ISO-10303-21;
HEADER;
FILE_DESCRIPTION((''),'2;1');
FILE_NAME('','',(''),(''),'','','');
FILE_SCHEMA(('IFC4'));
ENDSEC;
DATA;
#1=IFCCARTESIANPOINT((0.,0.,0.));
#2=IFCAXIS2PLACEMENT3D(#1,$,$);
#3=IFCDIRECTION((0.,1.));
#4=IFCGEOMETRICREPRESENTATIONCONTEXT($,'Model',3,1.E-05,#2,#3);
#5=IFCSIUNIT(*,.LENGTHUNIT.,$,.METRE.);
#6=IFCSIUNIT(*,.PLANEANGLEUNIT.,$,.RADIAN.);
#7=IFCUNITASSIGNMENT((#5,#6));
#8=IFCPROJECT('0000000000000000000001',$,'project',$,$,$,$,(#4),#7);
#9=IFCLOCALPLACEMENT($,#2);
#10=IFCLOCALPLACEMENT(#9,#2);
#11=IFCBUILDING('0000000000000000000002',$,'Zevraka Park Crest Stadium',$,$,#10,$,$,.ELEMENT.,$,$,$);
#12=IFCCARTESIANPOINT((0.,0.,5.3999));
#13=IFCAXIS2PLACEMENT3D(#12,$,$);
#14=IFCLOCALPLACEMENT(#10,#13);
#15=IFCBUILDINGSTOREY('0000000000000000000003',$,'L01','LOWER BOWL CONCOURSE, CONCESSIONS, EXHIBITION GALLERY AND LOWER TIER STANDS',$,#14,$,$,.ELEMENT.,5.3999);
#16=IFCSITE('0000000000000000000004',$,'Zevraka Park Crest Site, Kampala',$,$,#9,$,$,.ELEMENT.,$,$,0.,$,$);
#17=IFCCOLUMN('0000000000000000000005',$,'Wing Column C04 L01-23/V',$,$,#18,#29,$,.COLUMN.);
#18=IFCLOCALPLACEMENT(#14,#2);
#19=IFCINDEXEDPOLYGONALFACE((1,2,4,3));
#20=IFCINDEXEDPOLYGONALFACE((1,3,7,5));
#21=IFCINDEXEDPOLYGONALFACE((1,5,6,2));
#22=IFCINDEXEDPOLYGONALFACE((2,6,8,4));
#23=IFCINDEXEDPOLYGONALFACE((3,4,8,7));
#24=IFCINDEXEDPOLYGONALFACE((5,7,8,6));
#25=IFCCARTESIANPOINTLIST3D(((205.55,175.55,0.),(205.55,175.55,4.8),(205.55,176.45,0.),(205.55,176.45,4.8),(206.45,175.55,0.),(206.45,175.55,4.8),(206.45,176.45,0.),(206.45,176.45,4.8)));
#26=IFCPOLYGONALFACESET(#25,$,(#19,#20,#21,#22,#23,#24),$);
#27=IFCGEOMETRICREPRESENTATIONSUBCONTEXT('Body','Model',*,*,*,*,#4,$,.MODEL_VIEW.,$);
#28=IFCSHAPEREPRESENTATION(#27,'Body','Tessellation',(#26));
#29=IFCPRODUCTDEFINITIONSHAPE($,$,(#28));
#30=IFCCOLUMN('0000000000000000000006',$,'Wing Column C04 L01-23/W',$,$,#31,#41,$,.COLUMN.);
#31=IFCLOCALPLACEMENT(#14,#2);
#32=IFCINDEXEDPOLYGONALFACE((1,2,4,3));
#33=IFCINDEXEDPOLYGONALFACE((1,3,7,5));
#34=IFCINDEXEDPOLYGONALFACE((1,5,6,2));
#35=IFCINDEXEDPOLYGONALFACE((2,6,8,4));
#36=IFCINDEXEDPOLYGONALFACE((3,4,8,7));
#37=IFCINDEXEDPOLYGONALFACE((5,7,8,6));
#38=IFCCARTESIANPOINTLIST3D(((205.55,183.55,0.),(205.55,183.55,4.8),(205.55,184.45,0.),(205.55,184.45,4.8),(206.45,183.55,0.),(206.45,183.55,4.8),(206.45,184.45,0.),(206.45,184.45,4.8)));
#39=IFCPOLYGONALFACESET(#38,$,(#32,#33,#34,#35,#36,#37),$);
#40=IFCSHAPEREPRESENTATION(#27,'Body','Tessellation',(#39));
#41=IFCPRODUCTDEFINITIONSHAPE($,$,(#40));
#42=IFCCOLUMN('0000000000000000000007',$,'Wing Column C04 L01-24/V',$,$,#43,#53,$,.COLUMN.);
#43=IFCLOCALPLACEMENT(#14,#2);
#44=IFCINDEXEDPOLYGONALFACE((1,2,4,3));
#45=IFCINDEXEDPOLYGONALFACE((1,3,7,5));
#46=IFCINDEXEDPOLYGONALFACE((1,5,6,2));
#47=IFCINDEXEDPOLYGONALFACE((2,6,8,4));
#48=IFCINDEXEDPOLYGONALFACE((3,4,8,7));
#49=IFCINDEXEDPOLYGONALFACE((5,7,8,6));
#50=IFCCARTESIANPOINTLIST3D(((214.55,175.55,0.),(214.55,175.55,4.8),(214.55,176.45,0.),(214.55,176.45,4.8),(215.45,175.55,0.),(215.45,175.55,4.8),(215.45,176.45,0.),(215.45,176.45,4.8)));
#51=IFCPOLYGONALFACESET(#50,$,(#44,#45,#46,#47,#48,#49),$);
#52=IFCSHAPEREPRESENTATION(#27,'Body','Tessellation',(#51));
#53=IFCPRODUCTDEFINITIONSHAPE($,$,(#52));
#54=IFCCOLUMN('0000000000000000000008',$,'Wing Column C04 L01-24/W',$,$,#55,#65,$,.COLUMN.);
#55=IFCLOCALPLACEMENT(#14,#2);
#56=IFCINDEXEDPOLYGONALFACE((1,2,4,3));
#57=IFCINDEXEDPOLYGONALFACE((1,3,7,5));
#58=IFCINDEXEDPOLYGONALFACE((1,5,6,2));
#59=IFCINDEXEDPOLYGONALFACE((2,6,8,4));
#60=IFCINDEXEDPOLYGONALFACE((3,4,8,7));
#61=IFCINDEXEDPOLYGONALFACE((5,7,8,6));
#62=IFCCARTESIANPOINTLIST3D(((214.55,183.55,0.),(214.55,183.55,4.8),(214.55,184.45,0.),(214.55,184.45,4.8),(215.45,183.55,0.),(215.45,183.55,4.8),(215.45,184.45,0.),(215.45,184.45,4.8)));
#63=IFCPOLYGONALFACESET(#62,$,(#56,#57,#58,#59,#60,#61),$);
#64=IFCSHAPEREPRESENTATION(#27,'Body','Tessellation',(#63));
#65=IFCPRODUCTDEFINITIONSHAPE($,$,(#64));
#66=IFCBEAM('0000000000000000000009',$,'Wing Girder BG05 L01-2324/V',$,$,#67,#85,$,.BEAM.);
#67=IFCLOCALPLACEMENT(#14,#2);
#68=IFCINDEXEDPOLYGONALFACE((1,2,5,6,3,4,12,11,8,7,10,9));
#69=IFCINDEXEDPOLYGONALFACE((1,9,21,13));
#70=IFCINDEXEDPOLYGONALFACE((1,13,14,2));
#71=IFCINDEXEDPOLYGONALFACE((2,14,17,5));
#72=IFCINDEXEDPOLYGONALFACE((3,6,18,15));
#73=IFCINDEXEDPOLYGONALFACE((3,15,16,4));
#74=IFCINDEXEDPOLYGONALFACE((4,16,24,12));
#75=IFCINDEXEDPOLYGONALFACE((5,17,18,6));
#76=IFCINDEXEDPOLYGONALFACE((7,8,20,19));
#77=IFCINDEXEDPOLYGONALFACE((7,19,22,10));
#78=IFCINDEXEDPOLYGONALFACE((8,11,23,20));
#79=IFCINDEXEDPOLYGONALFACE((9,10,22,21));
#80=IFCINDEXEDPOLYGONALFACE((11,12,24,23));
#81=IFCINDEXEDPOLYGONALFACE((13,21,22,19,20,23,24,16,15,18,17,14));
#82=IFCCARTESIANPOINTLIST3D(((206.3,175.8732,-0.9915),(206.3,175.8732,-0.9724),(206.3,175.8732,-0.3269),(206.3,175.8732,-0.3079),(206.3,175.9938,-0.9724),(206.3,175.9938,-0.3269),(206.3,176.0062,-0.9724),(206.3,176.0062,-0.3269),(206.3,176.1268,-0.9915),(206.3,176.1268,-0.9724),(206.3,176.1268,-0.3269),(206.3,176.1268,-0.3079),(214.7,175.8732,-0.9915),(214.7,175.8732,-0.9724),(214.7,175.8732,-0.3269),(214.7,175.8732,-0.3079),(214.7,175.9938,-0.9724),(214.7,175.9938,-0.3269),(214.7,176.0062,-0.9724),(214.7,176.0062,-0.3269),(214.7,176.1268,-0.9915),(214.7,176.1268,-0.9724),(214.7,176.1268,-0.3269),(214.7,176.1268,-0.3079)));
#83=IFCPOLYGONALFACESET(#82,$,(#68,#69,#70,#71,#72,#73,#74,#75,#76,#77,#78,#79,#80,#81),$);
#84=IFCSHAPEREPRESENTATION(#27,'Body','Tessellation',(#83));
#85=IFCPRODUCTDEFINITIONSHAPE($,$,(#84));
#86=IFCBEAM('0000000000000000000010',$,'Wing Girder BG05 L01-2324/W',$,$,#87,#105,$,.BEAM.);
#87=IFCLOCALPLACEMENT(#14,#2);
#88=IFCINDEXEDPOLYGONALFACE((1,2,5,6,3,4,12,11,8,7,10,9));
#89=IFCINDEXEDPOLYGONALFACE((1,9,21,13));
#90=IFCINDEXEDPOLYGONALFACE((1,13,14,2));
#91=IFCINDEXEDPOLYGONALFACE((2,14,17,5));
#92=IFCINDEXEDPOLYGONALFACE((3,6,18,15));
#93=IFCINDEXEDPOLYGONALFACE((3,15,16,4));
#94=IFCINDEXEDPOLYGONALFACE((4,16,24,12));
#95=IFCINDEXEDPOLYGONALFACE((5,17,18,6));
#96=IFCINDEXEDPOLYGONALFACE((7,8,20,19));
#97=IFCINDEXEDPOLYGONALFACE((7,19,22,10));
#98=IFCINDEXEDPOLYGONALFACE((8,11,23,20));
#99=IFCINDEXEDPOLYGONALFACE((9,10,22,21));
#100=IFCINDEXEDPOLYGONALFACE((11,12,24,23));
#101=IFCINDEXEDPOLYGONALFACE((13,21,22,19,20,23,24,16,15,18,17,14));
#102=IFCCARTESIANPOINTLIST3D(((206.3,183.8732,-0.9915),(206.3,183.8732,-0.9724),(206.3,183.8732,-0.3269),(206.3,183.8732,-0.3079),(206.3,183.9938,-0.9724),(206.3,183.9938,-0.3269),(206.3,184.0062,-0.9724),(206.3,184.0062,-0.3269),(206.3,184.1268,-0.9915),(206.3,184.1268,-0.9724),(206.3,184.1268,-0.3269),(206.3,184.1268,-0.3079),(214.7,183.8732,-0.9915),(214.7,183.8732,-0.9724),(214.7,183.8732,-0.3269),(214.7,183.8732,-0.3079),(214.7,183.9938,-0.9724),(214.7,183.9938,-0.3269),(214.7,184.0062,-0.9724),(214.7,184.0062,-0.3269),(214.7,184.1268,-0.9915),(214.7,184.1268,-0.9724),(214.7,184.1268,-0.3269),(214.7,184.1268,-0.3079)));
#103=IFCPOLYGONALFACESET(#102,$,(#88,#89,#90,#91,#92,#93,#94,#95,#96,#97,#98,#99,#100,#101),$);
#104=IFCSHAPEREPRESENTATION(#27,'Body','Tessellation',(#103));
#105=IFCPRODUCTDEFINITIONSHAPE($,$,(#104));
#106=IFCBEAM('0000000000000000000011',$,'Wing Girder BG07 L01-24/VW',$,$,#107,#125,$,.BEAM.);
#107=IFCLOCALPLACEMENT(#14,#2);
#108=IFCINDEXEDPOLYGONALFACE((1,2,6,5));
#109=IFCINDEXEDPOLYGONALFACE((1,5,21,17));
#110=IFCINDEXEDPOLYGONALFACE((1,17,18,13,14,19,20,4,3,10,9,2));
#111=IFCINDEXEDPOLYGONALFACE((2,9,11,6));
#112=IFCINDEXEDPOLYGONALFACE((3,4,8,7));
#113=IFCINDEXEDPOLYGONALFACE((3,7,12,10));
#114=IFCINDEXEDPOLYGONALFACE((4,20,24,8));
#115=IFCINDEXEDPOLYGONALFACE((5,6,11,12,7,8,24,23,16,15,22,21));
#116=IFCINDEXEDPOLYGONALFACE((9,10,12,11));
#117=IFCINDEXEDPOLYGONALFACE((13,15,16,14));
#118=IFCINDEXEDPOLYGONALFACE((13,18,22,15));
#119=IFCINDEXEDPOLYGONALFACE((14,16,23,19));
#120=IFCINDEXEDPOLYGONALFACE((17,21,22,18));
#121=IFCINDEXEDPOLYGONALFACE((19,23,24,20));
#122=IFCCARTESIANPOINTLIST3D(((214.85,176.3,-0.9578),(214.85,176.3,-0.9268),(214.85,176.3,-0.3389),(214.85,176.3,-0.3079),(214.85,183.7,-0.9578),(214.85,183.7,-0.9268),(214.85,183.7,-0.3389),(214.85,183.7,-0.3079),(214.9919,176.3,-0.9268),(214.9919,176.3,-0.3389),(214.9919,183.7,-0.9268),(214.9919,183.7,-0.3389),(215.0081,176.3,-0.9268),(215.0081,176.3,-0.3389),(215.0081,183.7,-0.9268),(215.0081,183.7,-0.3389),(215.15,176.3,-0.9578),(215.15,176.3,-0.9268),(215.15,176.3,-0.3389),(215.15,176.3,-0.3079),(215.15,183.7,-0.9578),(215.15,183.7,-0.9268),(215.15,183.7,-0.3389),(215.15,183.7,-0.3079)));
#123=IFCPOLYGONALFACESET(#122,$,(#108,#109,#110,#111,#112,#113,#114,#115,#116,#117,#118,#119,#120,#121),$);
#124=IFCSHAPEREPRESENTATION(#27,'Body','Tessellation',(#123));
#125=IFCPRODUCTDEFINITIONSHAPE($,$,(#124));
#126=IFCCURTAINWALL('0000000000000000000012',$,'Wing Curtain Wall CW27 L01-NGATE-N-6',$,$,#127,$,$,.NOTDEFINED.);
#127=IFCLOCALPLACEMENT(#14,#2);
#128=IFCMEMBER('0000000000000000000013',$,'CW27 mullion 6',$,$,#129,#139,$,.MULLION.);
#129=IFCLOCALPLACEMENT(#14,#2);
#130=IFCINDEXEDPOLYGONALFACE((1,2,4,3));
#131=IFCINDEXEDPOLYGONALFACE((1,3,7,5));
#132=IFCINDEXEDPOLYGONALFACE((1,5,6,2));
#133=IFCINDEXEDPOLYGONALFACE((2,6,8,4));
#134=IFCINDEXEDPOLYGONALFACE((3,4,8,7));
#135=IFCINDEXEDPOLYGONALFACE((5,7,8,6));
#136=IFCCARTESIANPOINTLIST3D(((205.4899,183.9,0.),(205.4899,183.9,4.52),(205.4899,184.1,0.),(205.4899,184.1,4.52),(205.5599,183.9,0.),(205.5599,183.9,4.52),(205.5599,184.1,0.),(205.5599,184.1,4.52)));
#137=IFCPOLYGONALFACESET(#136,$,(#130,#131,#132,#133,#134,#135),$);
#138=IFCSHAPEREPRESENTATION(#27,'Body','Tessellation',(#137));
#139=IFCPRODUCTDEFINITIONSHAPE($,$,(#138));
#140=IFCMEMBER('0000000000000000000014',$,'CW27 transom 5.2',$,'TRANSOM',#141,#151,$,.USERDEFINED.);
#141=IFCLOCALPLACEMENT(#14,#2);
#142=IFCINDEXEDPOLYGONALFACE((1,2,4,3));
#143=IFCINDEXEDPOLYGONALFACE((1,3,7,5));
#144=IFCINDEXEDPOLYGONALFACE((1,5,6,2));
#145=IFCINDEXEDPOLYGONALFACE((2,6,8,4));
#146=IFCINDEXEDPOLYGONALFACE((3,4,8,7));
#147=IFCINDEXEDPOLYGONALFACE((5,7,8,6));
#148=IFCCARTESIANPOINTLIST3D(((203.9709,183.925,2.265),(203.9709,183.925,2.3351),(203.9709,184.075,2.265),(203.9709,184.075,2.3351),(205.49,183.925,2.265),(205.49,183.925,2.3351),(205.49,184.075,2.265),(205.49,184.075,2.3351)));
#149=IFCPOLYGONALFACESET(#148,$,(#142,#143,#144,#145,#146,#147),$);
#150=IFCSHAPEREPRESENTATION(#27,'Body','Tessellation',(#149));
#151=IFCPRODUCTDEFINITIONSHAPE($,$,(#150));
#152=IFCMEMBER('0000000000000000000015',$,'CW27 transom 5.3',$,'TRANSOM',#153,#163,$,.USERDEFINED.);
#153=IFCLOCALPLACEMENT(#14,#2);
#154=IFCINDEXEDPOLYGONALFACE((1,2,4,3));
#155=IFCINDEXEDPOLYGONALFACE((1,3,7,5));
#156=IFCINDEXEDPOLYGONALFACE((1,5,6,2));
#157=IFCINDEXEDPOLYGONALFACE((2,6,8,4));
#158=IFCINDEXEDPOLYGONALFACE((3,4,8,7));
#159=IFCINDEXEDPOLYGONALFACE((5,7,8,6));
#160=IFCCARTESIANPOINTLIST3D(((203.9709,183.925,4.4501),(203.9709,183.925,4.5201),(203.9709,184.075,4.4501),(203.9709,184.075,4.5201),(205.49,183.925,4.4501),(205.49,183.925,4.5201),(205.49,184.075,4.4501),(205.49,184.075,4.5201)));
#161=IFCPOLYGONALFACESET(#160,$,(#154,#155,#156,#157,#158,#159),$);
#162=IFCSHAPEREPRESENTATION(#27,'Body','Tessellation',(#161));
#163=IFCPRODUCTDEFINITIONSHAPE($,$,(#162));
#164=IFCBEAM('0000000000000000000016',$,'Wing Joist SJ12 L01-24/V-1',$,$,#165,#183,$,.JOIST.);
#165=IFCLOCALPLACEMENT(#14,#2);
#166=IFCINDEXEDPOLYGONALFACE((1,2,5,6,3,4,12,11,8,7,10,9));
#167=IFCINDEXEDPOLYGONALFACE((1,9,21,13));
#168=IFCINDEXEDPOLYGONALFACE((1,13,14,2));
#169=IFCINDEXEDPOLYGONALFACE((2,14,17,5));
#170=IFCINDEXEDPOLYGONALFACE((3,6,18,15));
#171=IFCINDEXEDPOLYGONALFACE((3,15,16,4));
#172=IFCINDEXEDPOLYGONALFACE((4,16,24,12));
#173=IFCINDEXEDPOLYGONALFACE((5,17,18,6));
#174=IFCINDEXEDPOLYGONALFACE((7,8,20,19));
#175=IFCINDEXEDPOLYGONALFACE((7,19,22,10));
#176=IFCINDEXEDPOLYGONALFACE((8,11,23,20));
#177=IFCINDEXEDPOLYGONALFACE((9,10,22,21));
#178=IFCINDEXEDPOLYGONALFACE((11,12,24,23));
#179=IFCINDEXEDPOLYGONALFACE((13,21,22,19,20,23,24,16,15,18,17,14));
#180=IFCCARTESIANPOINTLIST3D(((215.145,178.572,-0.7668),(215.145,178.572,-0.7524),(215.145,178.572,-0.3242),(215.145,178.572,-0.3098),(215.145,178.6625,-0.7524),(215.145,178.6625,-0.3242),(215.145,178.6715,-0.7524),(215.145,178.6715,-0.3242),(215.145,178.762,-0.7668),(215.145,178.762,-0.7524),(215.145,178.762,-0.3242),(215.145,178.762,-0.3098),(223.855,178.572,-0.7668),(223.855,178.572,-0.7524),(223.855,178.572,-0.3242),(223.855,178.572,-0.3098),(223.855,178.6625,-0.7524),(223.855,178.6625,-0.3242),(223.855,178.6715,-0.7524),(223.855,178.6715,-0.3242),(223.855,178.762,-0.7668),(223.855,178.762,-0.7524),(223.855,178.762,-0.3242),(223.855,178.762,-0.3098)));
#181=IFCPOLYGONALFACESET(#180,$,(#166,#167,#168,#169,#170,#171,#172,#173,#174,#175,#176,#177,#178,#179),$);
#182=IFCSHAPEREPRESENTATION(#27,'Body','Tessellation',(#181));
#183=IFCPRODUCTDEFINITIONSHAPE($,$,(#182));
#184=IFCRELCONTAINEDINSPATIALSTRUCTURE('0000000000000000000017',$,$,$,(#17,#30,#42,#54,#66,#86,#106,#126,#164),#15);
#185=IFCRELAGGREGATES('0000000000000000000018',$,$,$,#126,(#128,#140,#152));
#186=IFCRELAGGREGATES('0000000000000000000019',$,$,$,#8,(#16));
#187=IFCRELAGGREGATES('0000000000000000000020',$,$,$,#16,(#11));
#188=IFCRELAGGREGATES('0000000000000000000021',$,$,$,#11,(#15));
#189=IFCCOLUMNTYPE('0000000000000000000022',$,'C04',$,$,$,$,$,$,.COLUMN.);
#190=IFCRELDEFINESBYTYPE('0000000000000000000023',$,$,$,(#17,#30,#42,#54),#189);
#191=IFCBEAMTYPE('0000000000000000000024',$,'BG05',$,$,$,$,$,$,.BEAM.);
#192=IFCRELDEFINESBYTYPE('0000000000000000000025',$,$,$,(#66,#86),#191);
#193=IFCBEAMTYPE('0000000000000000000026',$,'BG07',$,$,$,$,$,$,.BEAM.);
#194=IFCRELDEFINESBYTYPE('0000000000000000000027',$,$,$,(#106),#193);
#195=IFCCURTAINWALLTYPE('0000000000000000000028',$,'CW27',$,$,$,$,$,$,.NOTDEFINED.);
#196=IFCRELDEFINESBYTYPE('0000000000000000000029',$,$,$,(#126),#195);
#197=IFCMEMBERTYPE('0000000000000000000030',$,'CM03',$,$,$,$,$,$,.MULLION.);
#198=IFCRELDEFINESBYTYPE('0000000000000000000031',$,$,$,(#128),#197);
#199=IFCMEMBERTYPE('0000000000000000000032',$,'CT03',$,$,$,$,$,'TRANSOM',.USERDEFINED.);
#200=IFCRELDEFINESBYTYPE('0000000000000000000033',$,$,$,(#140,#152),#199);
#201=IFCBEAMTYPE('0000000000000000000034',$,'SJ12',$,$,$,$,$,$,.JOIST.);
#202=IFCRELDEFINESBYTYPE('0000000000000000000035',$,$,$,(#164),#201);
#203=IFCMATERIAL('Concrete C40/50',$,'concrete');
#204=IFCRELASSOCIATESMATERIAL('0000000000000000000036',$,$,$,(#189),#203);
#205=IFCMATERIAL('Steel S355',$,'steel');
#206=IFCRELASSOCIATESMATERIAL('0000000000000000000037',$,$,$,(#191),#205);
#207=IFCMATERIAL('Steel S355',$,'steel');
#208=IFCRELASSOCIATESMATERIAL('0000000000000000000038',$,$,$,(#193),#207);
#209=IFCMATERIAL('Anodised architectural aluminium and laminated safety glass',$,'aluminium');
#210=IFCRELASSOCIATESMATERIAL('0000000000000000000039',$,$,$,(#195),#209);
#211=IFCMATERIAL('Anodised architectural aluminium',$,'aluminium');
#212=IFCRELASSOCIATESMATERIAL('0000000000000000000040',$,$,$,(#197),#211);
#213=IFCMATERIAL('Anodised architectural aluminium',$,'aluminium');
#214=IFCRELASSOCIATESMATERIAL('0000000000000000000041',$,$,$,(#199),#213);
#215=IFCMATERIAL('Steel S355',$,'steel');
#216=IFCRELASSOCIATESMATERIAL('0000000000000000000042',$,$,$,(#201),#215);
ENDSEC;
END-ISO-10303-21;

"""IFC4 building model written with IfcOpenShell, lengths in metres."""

from ifc_helpers import new_model, si_unit, direction, frame, origin, origin_2d, place, context, subcontext, project, spatial, rectangle, i_section, extrude, material, material_profile, profile_set, type_object, element, aggregate, save


model = new_model("IFC4")

# Units and contexts
model_context = context("Model", 3, precision=1e-05, world=origin(), true_north=direction((0.0, 1.0)))
body_context = subcontext(model_context, "Body", "Model", "MODEL_VIEW")
ifc_project = project(units=[si_unit("LENGTHUNIT", "METRE"), si_unit("PLANEANGLEUNIT", "RADIAN")], contexts=[model_context])

# Site, building, storey
site_placement = place(None, origin())
site = spatial("IfcSite", under=ifc_project, at=site_placement, Name="Zevraka Park Crest Site, Kampala", CompositionType="ELEMENT", RefElevation=0.0)
building_placement = place(site_placement, origin())
building = spatial("IfcBuilding", under=site, at=building_placement, Name="Zevraka Park Crest Stadium", CompositionType="ELEMENT")
storey_placement = place(building_placement, frame((0.0, 0.0, 5.3999)))
storey = spatial("IfcBuildingStorey", under=building, at=storey_placement, Name="L01", Description="LOWER BOWL CONCOURSE, CONCESSIONS, EXHIBITION GALLERY AND LOWER TIER STANDS", CompositionType="ELEMENT", Elevation=5.3999)

# Columns
ifc_material_1 = material(Name="Concrete C40/50", Category="concrete")
ifc_material_profile_1 = material_profile(ifc_material_1, rectangle(XDim=0.8999, YDim=0.8999, at=origin_2d()), Name="RC 900x900")
ifc_profile_set_1 = profile_set([ifc_material_profile_1], Name="Concrete C40/50")
column_type = type_object("IfcColumnType", Name="C04", PredefinedType="COLUMN", material=ifc_profile_set_1)
for number, where, z_axis, x_axis, name in (
    (1, (206.0, 176.0, 0.0), (0.0, 0.0, 1.0), (1.0, 0.0, 0.0), "Wing Column C04 L01-23/V"),
    (2, (206.0, 184.0, 0.0), (0.0, 0.0, 1.0), (1.0, 0.0, 0.0), "Wing Column C04 L01-23/W"),
    (3, (215.0, 176.0, 0.0), (0.0, 0.0, 1.0), (1.0, 0.0, 0.0), "Wing Column C04 L01-24/V"),
    (4, (215.0, 184.0, 0.0), (0.0, 0.0, 1.0), (1.0, 0.0, 0.0), "Wing Column C04 L01-24/W"),
):
    element("IfcColumn", number, at=place(storey_placement, frame(where, z_axis=z_axis, x_axis=x_axis)), inside=storey, type_object=column_type, Name=name, PredefinedType="COLUMN", context=body_context, shape_type="SweptSolid", body=[
        extrude(rectangle(XDim=0.8999, YDim=0.8999, at=origin_2d()), origin(), (0.0, 0.0, 1.0), 4.8),
    ])

# Beams
ifc_material_2 = material(Name="Steel S355", Category="steel")
ifc_material_profile_2 = material_profile(ifc_material_2, i_section(OverallWidth=0.2537, OverallDepth=0.6836, WebThickness=0.0125, FlangeThickness=0.019, at=origin_2d()), Name="UKB 686x254x140")
ifc_profile_set_2 = profile_set([ifc_material_profile_2], Name="Steel S355")
beam_type_1 = type_object("IfcBeamType", Name="BG05", PredefinedType="BEAM", material=ifc_profile_set_2)
for number, where, z_axis, x_axis, name in (
    (5, (206.3, 176.0, -0.6497), (1.0, 0.0, 0.0), (0.0, 1.0, 0.0), "Wing Girder BG05 L01-2324/V"),
    (6, (206.3, 184.0, -0.6497), (1.0, 0.0, 0.0), (0.0, 1.0, 0.0), "Wing Girder BG05 L01-2324/W"),
):
    element("IfcBeam", number, at=place(storey_placement, frame(where, z_axis=z_axis, x_axis=x_axis)), inside=storey, type_object=beam_type_1, Name=name, PredefinedType="BEAM", context=body_context, shape_type="SweptSolid", body=[
        extrude(i_section(OverallWidth=0.2537, OverallDepth=0.6836, WebThickness=0.0125, FlangeThickness=0.019, at=origin_2d()), origin(), (0.0, 0.0, 1.0), 8.3999),
    ])
ifc_material_3 = material(Name="Steel S355", Category="steel")
ifc_material_profile_3 = material_profile(ifc_material_3, i_section(OverallWidth=0.3, OverallDepth=0.6499, WebThickness=0.0161, FlangeThickness=0.031, at=origin_2d()), Name="HEB 650")
ifc_profile_set_3 = profile_set([ifc_material_profile_3], Name="Steel S355")
beam_type_2 = type_object("IfcBeamType", Name="BG07", PredefinedType="BEAM", material=ifc_profile_set_3)
beam_placement = place(storey_placement, frame((215.0, 176.3, -0.6328), z_axis=(0.0, 1.0, 0.0), x_axis=(-1.0, 0.0, 0.0)))
element("IfcBeam", 7, at=beam_placement, inside=storey, type_object=beam_type_2, Name="Wing Girder BG07 L01-24/VW", PredefinedType="BEAM", context=body_context, shape_type="SweptSolid", body=[
    extrude(i_section(OverallWidth=0.3, OverallDepth=0.6499, WebThickness=0.0161, FlangeThickness=0.031, at=origin_2d()), origin(), (0.0, 0.0, 1.0), 7.3999),
])

# Curtain wall, members
ifc_material_4 = material(Name="Anodised architectural aluminium and laminated safety glass", Category="aluminium")
curtain_wall_type = type_object("IfcCurtainWallType", Name="CW27", PredefinedType="NOTDEFINED", material=ifc_material_4)
curtain_wall_placement = place(storey_placement, origin())
curtain_wall = element("IfcCurtainWall", 8, at=curtain_wall_placement, inside=storey, type_object=curtain_wall_type, Name="Wing Curtain Wall CW27 L01-NGATE-N-6", PredefinedType="NOTDEFINED")
ifc_material_5 = material(Name="Anodised architectural aluminium", Category="aluminium")
ifc_material_profile_4 = material_profile(ifc_material_5, rectangle(XDim=0.2, YDim=0.0701, at=origin_2d()), Name="ALU MULLION 200x70")
ifc_profile_set_4 = profile_set([ifc_material_profile_4], Name="Anodised architectural aluminium")
member_type_1 = type_object("IfcMemberType", Name="CM03", PredefinedType="MULLION", material=ifc_profile_set_4)
member_1_placement = place(storey_placement, frame((205.5249, 184.0, 0.0), z_axis=(0.0, 0.0, 1.0), x_axis=(0.0, 1.0, 0.0)))
member_1 = element("IfcMember", 9, at=member_1_placement, type_object=member_type_1, Name="CW27 mullion 6", PredefinedType="MULLION", context=body_context, shape_type="SweptSolid", body=[
    extrude(rectangle(XDim=0.2, YDim=0.0701, at=origin_2d()), origin(), (0.0, 0.0, 1.0), 4.52),
])
ifc_material_6 = material(Name="Anodised architectural aluminium", Category="aluminium")
ifc_material_profile_5 = material_profile(ifc_material_6, rectangle(XDim=0.1499, YDim=0.0701, at=origin_2d()), Name="ALU TRANSOM 150x70")
ifc_profile_set_5 = profile_set([ifc_material_profile_5], Name="Anodised architectural aluminium")
member_type_2 = type_object("IfcMemberType", Name="CT03", ElementType="TRANSOM", PredefinedType="USERDEFINED", material=ifc_profile_set_5)
member_2_placement = place(storey_placement, frame((203.9709, 184.0, 2.3), z_axis=(1.0, 0.0, 0.0), x_axis=(0.0, 1.0, 0.0)))
member_2 = element("IfcMember", 10, at=member_2_placement, type_object=member_type_2, Name="CW27 transom 5.2", ObjectType="TRANSOM", PredefinedType="USERDEFINED", context=body_context, shape_type="SweptSolid", body=[
    extrude(rectangle(XDim=0.1499, YDim=0.0701, at=origin_2d()), origin(), (0.0, 0.0, 1.0), 1.519),
])
member_3_placement = place(storey_placement, frame((203.9709, 184.0, 4.4851), z_axis=(1.0, 0.0, 0.0), x_axis=(0.0, 1.0, 0.0)))
member_3 = element("IfcMember", 11, at=member_3_placement, type_object=member_type_2, Name="CW27 transom 5.3", ObjectType="TRANSOM", PredefinedType="USERDEFINED", context=body_context, shape_type="SweptSolid", body=[
    extrude(rectangle(XDim=0.1499, YDim=0.0701, at=origin_2d()), origin(), (0.0, 0.0, 1.0), 1.519),
])

# Beam
ifc_material_7 = material(Name="Steel S355", Category="steel")
ifc_material_profile_6 = material_profile(ifc_material_7, i_section(OverallWidth=0.1899, OverallDepth=0.457, WebThickness=0.009, FlangeThickness=0.0144, at=origin_2d()), Name="UKB 457x191x74")
ifc_profile_set_6 = profile_set([ifc_material_profile_6], Name="Steel S355")
beam_type_3 = type_object("IfcBeamType", Name="SJ12", PredefinedType="JOIST", material=ifc_profile_set_6)
for number, where, z_axis, x_axis, name in (
    (12, (215.145, 178.667, -0.5383), (1.0, 0.0, 0.0), (0.0, 1.0, 0.0), "Wing Joist SJ12 L01-24/V-1"),
):
    element("IfcBeam", number, at=place(storey_placement, frame(where, z_axis=z_axis, x_axis=x_axis)), inside=storey, type_object=beam_type_3, Name=name, PredefinedType="JOIST", context=body_context, shape_type="SweptSolid", body=[
        extrude(i_section(OverallWidth=0.1899, OverallDepth=0.457, WebThickness=0.009, FlangeThickness=0.0144, at=origin_2d()), origin(), (0.0, 0.0, 1.0), 8.71),
    ])

aggregate(curtain_wall, [member_1, member_2, member_3])

save(model, "model.ifc")
